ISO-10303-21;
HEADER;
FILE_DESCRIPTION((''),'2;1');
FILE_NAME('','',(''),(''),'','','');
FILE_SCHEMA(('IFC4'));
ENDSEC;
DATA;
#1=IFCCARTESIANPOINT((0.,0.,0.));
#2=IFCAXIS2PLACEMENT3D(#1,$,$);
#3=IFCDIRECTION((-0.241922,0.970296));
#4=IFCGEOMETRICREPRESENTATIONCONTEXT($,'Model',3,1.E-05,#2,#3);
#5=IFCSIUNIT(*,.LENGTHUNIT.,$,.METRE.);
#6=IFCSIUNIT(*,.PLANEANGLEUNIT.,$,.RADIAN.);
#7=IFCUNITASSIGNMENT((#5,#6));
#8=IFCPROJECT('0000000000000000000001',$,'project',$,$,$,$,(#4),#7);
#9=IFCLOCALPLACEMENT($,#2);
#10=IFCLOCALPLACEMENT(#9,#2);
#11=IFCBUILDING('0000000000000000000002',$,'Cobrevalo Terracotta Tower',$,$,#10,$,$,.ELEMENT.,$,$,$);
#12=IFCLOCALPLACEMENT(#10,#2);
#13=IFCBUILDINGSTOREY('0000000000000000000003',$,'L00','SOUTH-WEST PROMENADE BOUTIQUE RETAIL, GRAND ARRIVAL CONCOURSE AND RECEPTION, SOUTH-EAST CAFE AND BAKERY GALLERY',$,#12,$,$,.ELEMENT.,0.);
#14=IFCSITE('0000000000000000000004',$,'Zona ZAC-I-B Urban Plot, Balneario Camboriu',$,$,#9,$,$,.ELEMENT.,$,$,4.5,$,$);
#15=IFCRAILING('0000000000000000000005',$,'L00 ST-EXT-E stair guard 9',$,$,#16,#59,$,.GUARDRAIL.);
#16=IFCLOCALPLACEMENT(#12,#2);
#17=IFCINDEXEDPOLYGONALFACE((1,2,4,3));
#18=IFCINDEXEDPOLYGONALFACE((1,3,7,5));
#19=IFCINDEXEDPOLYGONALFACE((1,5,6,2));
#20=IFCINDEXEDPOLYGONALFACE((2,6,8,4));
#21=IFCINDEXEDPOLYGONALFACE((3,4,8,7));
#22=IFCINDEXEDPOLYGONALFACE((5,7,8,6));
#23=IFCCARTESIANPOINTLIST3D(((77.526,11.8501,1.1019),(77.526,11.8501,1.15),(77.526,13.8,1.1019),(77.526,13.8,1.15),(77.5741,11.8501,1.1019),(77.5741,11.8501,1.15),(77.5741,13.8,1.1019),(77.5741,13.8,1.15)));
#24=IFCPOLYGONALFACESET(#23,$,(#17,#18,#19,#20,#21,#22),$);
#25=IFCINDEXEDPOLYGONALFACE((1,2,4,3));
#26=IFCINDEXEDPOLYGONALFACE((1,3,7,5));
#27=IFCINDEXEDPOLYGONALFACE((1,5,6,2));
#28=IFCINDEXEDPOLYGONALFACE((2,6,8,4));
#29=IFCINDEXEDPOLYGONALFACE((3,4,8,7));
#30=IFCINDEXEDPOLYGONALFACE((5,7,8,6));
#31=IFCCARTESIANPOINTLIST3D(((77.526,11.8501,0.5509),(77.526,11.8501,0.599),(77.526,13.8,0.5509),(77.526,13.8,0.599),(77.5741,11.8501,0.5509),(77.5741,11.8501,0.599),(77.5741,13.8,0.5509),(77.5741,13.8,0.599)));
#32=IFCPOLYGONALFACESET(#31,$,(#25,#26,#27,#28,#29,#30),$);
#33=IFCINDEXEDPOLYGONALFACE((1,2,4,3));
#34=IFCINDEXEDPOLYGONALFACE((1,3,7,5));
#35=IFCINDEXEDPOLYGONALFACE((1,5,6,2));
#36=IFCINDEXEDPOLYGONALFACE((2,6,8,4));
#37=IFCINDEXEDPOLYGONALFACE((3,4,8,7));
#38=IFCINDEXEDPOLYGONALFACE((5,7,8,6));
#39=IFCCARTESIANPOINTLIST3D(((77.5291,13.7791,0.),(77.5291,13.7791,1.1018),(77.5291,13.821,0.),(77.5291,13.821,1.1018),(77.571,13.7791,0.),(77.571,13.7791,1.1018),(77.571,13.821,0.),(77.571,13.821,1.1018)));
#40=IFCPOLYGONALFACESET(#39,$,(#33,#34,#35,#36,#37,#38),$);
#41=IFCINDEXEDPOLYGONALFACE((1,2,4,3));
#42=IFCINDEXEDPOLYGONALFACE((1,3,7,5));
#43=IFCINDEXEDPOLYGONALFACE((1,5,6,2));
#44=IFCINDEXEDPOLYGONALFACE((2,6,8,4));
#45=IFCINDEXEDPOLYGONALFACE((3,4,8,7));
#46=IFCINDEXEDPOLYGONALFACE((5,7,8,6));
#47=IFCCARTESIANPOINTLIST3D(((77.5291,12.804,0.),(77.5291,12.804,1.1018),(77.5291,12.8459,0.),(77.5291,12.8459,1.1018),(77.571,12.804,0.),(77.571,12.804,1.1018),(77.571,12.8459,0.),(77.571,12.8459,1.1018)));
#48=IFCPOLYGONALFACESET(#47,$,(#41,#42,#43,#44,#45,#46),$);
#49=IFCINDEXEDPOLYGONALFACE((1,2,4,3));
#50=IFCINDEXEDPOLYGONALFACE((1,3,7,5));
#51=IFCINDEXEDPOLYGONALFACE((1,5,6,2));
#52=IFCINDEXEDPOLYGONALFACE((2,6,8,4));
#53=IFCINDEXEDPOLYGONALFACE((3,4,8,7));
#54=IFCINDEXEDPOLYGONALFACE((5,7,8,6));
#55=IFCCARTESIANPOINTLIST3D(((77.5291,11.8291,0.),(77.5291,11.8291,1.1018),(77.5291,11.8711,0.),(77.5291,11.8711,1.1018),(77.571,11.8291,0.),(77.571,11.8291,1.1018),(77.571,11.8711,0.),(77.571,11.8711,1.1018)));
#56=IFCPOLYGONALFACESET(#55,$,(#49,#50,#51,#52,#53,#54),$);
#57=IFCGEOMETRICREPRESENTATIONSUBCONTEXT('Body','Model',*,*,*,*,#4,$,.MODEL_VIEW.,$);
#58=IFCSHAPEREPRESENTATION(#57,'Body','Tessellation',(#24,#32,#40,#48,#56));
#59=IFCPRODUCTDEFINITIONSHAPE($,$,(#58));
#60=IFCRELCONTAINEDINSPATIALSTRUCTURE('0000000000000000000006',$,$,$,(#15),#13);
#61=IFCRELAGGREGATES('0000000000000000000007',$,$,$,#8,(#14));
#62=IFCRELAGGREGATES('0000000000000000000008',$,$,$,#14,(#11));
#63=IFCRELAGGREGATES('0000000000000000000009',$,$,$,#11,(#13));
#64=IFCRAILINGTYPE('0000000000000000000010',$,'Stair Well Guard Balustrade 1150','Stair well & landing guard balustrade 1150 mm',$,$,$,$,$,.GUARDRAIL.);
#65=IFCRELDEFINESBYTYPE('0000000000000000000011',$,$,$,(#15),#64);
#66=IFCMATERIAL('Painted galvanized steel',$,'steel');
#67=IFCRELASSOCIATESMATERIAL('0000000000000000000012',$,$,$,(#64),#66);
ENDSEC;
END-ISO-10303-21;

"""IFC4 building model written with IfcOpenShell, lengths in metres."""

from ifc_helpers import new_model, si_unit, direction, frame, origin, origin_2d, place, context, subcontext, project, spatial, rectangle, extrude, material, type_object, element, save


model = new_model("IFC4")

# Units and contexts
model_context = context("Model", 3, precision=1e-05, world=origin(), true_north=direction((-0.241922, 0.970296)))
body_context = subcontext(model_context, "Body", "Model", "MODEL_VIEW")
ifc_project = project(units=[si_unit("LENGTHUNIT", "METRE"), si_unit("PLANEANGLEUNIT", "RADIAN")], contexts=[model_context])

# Site, building, storey
site_placement = place(None, origin())
site = spatial("IfcSite", under=ifc_project, at=site_placement, Name="Zona ZAC-I-B Urban Plot, Balneario Camboriu", CompositionType="ELEMENT", RefElevation=4.5)
building_placement = place(site_placement, origin())
building = spatial("IfcBuilding", under=site, at=building_placement, Name="Cobrevalo Terracotta Tower", CompositionType="ELEMENT")
storey_placement = place(building_placement, origin())
storey = spatial("IfcBuildingStorey", under=building, at=storey_placement, Name="L00", Description="SOUTH-WEST PROMENADE BOUTIQUE RETAIL, GRAND ARRIVAL CONCOURSE AND RECEPTION, SOUTH-EAST CAFE AND BAKERY GALLERY", CompositionType="ELEMENT", Elevation=0.0)

# Railing
ifc_material_1 = material(Name="Painted galvanized steel", Category="steel")
railing_type_1 = type_object("IfcRailingType", Name="Stair Well Guard Balustrade 1150", Description="Stair well & landing guard balustrade 1150 mm", PredefinedType="GUARDRAIL", material=ifc_material_1)
for number, where, name in (
    (1, (77.55, 13.8, 0.0), "L00 ST-EXT-E stair guard 9"),
):
    element("IfcRailing", number, at=place(storey_placement, frame(where)), inside=storey, type_object=railing_type_1, Name=name, PredefinedType="GUARDRAIL", context=body_context, shape_type="SweptSolid", body=[
        extrude(rectangle(XDim=0.0481, YDim=0.0481, at=origin_2d()), frame((0.0, 0.0, 1.126), z_axis=(0.0, -1.0, 0.0), x_axis=(1.0, 0.0, 0.0)), (0.0, 0.0, 1.0), 1.95),
        extrude(rectangle(XDim=0.0481, YDim=0.0481, at=origin_2d()), frame((0.0, 0.0, 0.575), z_axis=(0.0, -1.0, 0.0), x_axis=(1.0, 0.0, 0.0)), (0.0, 0.0, 1.0), 1.95),
        extrude(rectangle(XDim=0.042, YDim=0.042, at=origin_2d()), origin(), (0.0, 0.0, 1.0), 1.1018),
        extrude(rectangle(XDim=0.042, YDim=0.042, at=origin_2d()), frame((0.0, -0.9751, 0.0)), (0.0, 0.0, 1.0), 1.1018),
        extrude(rectangle(XDim=0.042, YDim=0.042, at=origin_2d()), frame((0.0, -1.95, 0.0)), (0.0, 0.0, 1.0), 1.1018),
    ])

save(model, "model.ifc")
